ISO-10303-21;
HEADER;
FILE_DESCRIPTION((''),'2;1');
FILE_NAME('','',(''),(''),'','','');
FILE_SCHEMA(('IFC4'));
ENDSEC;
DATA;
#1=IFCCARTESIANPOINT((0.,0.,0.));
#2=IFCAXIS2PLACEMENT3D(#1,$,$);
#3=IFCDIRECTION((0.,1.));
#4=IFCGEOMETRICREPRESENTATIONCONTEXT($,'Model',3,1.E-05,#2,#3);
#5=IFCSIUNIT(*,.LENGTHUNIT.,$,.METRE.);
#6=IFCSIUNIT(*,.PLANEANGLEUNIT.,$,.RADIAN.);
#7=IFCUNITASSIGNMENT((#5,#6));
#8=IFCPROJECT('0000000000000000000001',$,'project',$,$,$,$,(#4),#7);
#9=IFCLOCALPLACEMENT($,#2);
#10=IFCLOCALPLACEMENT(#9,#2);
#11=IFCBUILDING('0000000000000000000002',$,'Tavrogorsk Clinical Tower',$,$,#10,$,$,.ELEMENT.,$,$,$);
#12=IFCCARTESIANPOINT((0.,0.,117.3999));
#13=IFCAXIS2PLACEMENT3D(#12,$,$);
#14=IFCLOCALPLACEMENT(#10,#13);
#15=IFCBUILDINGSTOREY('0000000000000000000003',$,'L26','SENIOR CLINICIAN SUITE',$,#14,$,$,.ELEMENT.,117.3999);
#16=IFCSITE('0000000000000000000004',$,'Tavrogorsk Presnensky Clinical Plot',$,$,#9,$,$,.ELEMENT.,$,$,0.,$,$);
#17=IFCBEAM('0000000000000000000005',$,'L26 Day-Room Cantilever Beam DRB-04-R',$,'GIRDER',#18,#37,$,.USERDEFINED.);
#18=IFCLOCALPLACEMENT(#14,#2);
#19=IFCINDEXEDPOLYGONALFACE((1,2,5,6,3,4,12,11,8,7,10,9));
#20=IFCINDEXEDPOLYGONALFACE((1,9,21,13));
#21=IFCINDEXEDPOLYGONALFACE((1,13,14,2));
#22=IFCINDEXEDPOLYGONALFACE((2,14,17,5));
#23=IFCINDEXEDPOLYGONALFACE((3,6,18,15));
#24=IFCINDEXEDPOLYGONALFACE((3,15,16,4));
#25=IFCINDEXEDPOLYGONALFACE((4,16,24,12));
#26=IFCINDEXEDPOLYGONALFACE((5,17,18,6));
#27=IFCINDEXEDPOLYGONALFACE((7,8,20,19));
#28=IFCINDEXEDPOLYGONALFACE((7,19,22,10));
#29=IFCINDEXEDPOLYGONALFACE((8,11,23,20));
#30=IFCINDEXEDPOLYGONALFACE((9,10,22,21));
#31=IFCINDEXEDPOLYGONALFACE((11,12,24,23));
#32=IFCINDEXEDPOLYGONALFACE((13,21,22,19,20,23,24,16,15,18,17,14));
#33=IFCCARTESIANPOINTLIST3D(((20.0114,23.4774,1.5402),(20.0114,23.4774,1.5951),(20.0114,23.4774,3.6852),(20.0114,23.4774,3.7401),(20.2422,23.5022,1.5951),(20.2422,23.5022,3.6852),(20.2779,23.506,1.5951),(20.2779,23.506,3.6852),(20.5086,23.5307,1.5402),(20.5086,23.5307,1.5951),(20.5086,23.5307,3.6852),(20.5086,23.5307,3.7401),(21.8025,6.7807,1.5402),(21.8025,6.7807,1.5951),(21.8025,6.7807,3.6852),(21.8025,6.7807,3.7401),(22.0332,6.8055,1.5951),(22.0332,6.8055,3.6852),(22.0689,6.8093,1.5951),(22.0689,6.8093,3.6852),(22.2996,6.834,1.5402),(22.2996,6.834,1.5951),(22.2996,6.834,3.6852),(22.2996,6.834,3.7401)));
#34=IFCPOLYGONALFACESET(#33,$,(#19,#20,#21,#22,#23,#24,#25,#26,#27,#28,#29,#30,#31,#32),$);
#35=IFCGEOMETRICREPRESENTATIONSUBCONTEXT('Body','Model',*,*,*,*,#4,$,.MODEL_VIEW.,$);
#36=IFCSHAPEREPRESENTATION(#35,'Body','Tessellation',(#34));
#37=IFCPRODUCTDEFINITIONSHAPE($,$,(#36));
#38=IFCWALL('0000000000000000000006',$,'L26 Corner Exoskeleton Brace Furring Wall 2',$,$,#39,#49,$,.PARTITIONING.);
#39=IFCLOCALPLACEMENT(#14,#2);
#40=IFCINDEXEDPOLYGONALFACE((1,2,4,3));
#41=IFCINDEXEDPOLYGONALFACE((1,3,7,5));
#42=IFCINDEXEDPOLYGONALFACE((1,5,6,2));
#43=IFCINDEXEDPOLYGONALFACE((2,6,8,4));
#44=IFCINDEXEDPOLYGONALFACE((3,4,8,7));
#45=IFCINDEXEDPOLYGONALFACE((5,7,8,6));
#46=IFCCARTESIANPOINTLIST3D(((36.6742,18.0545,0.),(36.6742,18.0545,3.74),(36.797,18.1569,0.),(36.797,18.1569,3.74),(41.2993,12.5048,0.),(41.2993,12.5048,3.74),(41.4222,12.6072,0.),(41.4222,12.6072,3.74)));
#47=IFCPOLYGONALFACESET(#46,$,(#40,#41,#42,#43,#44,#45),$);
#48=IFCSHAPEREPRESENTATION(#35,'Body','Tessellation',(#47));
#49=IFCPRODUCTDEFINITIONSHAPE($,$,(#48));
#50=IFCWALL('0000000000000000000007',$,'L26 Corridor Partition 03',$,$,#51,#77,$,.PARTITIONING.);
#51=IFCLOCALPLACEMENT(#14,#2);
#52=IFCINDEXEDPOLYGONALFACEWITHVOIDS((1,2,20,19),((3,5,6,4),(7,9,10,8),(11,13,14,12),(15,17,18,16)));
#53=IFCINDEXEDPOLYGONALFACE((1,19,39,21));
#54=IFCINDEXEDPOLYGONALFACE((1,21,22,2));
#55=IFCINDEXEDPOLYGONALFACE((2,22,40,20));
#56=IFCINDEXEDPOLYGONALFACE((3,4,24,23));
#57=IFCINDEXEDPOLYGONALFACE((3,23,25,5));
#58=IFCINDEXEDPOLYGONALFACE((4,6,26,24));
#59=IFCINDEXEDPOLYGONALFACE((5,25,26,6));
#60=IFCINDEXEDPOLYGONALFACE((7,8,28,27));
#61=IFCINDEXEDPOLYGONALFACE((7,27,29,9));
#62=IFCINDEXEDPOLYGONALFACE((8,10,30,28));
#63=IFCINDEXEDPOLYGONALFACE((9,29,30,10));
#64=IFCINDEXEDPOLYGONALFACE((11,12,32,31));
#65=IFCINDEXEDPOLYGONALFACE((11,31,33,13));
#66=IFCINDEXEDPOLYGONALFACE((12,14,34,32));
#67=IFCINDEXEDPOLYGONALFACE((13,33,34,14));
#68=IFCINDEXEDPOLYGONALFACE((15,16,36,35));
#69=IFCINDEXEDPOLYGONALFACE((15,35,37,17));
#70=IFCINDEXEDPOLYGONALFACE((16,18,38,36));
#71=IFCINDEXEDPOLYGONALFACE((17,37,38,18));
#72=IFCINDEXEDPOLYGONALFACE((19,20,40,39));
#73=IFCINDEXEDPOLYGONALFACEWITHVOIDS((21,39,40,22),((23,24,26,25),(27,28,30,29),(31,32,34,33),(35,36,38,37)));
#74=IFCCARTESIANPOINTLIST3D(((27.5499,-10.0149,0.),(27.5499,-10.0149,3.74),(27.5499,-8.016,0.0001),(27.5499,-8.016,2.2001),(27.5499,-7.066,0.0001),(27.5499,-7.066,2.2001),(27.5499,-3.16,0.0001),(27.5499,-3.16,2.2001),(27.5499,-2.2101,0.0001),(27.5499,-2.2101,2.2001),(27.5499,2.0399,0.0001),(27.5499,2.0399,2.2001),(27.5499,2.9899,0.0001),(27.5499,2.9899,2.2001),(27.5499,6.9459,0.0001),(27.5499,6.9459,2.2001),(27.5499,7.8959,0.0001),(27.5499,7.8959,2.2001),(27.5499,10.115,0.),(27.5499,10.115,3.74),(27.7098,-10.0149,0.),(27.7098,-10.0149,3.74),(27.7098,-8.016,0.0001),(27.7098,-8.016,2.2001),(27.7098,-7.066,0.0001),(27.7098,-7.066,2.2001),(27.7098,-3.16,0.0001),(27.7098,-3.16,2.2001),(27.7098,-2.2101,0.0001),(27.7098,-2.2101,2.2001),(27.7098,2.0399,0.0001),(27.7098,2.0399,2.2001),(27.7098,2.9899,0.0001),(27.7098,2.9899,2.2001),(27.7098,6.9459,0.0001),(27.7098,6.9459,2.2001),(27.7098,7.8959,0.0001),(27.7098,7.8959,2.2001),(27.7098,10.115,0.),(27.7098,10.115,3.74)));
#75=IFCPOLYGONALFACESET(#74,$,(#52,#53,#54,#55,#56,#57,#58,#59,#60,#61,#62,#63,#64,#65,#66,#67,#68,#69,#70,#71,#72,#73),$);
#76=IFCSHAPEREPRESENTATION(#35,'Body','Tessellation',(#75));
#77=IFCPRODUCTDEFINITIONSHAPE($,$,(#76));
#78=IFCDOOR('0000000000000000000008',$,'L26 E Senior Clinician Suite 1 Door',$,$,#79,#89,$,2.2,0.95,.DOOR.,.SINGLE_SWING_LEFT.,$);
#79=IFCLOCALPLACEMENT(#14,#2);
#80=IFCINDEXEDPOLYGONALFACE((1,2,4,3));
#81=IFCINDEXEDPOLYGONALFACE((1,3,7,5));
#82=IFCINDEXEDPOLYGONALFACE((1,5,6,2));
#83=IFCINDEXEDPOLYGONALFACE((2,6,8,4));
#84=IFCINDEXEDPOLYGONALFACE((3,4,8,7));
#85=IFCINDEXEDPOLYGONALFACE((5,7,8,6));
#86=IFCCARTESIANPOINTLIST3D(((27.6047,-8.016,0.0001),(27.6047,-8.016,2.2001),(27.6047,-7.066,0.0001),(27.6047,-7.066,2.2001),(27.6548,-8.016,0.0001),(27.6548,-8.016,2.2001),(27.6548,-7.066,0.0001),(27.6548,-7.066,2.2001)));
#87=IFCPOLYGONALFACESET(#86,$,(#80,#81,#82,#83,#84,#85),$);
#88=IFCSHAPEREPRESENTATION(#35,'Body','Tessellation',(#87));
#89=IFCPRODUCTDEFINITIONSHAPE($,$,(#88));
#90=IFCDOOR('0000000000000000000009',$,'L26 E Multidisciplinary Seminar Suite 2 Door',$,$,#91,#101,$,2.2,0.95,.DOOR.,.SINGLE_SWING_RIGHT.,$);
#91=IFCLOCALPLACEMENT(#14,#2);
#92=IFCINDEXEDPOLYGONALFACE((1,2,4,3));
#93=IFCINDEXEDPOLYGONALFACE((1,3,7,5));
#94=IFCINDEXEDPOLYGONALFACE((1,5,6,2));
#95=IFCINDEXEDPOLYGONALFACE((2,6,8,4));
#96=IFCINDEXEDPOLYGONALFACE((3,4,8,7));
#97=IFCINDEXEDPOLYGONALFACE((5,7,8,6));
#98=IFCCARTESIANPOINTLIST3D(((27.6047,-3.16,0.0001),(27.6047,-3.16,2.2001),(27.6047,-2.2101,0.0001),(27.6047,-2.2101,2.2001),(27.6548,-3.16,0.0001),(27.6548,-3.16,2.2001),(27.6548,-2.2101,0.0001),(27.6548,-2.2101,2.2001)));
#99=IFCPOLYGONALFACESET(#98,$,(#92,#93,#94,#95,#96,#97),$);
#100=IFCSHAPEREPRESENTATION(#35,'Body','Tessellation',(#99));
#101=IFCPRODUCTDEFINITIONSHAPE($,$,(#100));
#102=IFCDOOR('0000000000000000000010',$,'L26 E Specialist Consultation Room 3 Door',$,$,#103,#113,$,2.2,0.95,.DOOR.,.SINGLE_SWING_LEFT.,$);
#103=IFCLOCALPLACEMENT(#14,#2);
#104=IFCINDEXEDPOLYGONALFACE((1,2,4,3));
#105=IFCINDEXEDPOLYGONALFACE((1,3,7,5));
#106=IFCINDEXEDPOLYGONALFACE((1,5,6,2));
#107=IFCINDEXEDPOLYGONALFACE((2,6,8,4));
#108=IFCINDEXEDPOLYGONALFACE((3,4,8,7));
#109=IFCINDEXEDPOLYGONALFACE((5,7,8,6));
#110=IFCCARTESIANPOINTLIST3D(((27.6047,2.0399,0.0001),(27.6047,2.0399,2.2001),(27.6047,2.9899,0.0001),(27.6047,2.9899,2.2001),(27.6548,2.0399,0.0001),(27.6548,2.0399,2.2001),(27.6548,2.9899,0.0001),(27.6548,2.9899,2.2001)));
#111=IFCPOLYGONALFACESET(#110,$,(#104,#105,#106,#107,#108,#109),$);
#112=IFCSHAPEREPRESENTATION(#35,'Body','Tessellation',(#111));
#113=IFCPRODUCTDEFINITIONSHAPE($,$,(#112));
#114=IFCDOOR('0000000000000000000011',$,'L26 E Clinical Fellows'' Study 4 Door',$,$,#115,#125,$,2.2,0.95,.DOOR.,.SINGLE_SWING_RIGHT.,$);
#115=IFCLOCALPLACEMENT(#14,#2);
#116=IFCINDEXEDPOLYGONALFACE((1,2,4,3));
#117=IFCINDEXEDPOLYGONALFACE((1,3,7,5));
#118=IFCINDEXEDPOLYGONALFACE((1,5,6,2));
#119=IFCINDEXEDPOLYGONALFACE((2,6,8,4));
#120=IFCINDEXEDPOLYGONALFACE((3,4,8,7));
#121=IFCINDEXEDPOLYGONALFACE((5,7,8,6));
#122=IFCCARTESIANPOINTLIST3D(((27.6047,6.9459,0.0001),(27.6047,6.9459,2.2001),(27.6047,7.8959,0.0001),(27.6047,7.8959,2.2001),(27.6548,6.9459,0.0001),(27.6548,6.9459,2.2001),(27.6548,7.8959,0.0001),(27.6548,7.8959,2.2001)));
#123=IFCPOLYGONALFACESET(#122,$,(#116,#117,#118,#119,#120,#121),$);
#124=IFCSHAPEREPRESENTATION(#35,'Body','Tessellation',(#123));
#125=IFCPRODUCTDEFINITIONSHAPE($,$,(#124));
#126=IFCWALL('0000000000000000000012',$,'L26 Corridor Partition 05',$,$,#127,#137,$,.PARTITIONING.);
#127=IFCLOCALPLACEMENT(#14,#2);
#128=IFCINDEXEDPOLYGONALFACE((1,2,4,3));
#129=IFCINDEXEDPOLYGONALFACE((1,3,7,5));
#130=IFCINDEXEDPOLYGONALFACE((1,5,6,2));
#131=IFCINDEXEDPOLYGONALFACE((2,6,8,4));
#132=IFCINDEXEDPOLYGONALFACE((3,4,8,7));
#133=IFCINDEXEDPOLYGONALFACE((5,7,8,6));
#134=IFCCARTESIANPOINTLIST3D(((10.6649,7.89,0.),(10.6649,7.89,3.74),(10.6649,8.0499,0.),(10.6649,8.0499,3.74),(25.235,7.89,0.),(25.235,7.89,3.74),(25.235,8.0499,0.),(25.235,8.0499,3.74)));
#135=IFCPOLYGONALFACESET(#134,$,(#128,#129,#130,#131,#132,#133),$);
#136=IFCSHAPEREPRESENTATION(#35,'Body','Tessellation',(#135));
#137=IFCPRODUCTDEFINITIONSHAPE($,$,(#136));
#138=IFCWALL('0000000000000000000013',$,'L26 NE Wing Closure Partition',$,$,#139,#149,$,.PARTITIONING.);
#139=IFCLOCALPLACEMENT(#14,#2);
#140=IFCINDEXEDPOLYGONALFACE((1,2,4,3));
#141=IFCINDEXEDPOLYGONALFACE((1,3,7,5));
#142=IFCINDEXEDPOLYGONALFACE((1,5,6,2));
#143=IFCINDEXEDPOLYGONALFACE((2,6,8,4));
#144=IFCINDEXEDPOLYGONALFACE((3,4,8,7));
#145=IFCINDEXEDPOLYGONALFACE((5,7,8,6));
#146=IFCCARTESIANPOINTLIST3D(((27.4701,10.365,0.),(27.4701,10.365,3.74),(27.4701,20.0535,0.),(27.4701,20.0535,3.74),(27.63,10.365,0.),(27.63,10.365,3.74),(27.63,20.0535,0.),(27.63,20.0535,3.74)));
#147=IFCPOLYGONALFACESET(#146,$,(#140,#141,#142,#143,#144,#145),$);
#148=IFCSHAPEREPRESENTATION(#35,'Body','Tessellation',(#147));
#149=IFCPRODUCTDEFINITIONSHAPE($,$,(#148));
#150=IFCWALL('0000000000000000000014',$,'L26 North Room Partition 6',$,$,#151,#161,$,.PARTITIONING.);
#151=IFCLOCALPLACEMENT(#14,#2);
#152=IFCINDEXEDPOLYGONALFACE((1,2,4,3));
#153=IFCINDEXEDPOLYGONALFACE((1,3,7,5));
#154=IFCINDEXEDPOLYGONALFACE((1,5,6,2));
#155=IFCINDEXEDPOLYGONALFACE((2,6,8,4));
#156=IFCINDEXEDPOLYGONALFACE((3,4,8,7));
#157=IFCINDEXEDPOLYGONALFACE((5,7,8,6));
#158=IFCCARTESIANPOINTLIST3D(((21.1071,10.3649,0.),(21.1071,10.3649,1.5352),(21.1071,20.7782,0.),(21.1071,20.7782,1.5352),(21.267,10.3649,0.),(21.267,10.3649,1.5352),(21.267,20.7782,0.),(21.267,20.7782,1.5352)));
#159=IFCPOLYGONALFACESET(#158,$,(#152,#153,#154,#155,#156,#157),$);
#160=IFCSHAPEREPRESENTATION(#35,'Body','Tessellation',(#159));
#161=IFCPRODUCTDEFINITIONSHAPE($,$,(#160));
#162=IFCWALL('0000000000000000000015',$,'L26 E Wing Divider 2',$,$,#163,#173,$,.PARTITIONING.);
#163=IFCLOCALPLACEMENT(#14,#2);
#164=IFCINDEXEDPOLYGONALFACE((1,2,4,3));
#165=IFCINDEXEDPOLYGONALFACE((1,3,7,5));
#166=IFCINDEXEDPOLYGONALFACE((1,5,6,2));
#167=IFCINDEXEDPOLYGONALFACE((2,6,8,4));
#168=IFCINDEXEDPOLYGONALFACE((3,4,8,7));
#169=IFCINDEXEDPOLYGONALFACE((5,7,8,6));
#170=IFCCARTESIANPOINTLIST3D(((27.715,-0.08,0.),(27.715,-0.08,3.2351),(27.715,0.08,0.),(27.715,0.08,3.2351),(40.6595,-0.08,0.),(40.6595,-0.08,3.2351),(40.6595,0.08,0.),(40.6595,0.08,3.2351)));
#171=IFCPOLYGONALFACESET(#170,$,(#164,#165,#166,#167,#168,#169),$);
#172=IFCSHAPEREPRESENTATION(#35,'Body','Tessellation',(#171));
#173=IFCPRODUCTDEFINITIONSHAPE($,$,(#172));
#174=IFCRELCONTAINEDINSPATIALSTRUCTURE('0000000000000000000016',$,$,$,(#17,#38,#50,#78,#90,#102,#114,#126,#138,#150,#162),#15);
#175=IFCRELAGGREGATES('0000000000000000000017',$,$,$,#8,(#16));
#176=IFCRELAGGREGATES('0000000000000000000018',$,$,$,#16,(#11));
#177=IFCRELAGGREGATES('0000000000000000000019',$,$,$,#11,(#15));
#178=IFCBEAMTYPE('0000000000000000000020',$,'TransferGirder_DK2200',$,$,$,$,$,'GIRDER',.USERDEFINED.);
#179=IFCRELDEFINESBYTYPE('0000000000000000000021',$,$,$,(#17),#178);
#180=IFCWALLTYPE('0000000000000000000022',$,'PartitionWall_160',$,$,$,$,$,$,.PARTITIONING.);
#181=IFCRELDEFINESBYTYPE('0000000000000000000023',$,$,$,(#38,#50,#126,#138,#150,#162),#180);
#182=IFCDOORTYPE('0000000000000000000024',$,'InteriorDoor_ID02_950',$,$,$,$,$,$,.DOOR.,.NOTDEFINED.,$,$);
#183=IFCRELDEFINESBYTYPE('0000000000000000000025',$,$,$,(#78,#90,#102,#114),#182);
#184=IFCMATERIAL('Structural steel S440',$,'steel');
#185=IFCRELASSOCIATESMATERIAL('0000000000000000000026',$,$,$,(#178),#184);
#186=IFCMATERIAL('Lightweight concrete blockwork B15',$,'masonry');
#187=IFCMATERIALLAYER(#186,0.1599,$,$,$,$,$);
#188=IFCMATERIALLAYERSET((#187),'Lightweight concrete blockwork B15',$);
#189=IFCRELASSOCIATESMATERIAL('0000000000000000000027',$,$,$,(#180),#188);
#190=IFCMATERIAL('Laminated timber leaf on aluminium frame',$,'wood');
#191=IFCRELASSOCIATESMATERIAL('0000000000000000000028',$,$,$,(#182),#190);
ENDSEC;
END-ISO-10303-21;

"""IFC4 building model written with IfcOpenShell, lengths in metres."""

from ifc_helpers import new_model, si_unit, direction, frame, frame_2d, origin, origin_2d, place, context, subcontext, project, spatial, rectangle, i_section, extrude, material, layer, layer_set, material_profile, profile_set, type_object, element, fill, save


model = new_model("IFC4")

# Units and contexts
model_context = context("Model", 3, precision=1e-05, world=origin(), true_north=direction((0.0, 1.0)))
body_context = subcontext(model_context, "Body", "Model", "MODEL_VIEW")
ifc_project = project(units=[si_unit("LENGTHUNIT", "METRE"), si_unit("PLANEANGLEUNIT", "RADIAN")], contexts=[model_context])

# Site, building, storey
site_placement = place(None, origin())
site = spatial("IfcSite", under=ifc_project, at=site_placement, Name="Tavrogorsk Presnensky Clinical Plot", CompositionType="ELEMENT", RefElevation=0.0)
building_placement = place(site_placement, origin())
building = spatial("IfcBuilding", under=site, at=building_placement, Name="Tavrogorsk Clinical Tower", CompositionType="ELEMENT")
storey_placement = place(building_placement, frame((0.0, 0.0, 117.3999)))
storey = spatial("IfcBuildingStorey", under=building, at=storey_placement, Name="L26", Description="SENIOR CLINICIAN SUITE", CompositionType="ELEMENT", Elevation=117.3999)

# Beam
ifc_material_1 = material(Name="Structural steel S440", Category="steel")
ifc_material_profile_1 = material_profile(ifc_material_1, i_section(OverallWidth=0.5, OverallDepth=2.2, WebThickness=0.0359, FlangeThickness=0.0549, at=origin_2d()), Name="DK-2200x500x36x55")
ifc_profile_set_1 = profile_set([ifc_material_profile_1], Name="Structural steel S440")
beam_type_1 = type_object("IfcBeamType", Name="TransferGirder_DK2200", ElementType="GIRDER", PredefinedType="USERDEFINED", material=ifc_profile_set_1)
beam_1_placement = place(storey_placement, frame((22.051, 6.8074, 2.6401), z_axis=(-0.106655, 0.994296, 0.0), x_axis=(-0.994296, -0.106655, 0.0)))
element("IfcBeam", 1, at=beam_1_placement, inside=storey, type_object=beam_type_1, Name="L26 Day-Room Cantilever Beam DRB-04-R", ObjectType="GIRDER", PredefinedType="USERDEFINED", context=body_context, shape_type="SweptSolid", body=[
    extrude(i_section(OverallWidth=0.5, OverallDepth=2.2, WebThickness=0.0359, FlangeThickness=0.0549, at=origin_2d()), origin(), (0.0, 0.0, 1.0), 16.7925),
])

# Wall
ifc_material_2 = material(Name="Lightweight concrete blockwork B15", Category="masonry")
ifc_layer_1 = layer(ifc_material_2, 0.1599)
ifc_layer_set_1 = layer_set([ifc_layer_1], Name="Lightweight concrete blockwork B15")
wall_type = type_object("IfcWallType", Name="PartitionWall_160", PredefinedType="PARTITIONING", material=ifc_layer_set_1)
wall_1_placement = place(storey_placement, frame((41.3608, 12.5559, 0.0), z_axis=(0.0, 0.0, 1.0), x_axis=(-0.640218, 0.768194, 0.0)))
element("IfcWall", 2, at=wall_1_placement, inside=storey, type_object=wall_type, Name="L26 Corner Exoskeleton Brace Furring Wall 2", PredefinedType="PARTITIONING", context=body_context, shape_type="SweptSolid", body=[
    extrude(rectangle(XDim=7.2244, YDim=0.1599, at=frame_2d((3.6123, 0.0))), origin(), (0.0, 0.0, 1.0), 3.74),
])

# Wall, openings, doors
wall_2_placement = place(storey_placement, frame((27.6299, 10.115, 0.0), z_axis=(0.0, 0.0, 1.0), x_axis=(0.0, -1.0, 0.0)))
wall_2 = element("IfcWall", 3, at=wall_2_placement, inside=storey, type_object=wall_type, Name="L26 Corridor Partition 03", PredefinedType="PARTITIONING", context=body_context, shape_type="SweptSolid", body=[
    extrude(rectangle(XDim=20.1299, YDim=0.1599, at=frame_2d((10.0649, 0.0))), origin(), (0.0, 0.0, 1.0), 3.74),
])
opening_1_placement = place(wall_2_placement, frame((17.1809, 0.0, 0.0)))
opening_1 = element("IfcOpeningElement", 4, at=opening_1_placement, cuts=wall_2, PredefinedType="OPENING", context=body_context, shape_type="SweptSolid", body=[
    extrude(rectangle(XDim=0.95, YDim=2.2, at=frame_2d((0.4751, 1.1001))), frame((0.0, 0.0898, 0.0), z_axis=(0.0, -1.0, 0.0), x_axis=(1.0, 0.0, 0.0)), (0.0, 0.0, 1.0), 0.1799),
])
opening_2_placement = place(wall_2_placement, frame((12.325, 0.0, 0.0)))
opening_2 = element("IfcOpeningElement", 5, at=opening_2_placement, cuts=wall_2, PredefinedType="OPENING", context=body_context, shape_type="SweptSolid", body=[
    extrude(rectangle(XDim=0.95, YDim=2.2, at=frame_2d((0.4751, 1.1001))), frame((0.0, 0.0898, 0.0), z_axis=(0.0, -1.0, 0.0), x_axis=(1.0, 0.0, 0.0)), (0.0, 0.0, 1.0), 0.1799),
])
opening_3_placement = place(wall_2_placement, frame((7.125, 0.0, 0.0)))
opening_3 = element("IfcOpeningElement", 6, at=opening_3_placement, cuts=wall_2, PredefinedType="OPENING", context=body_context, shape_type="SweptSolid", body=[
    extrude(rectangle(XDim=0.95, YDim=2.2, at=frame_2d((0.4751, 1.1001))), frame((0.0, 0.0898, 0.0), z_axis=(0.0, -1.0, 0.0), x_axis=(1.0, 0.0, 0.0)), (0.0, 0.0, 1.0), 0.1799),
])
opening_4_placement = place(wall_2_placement, frame((2.219, 0.0, 0.0)))
opening_4 = element("IfcOpeningElement", 7, at=opening_4_placement, cuts=wall_2, PredefinedType="OPENING", context=body_context, shape_type="SweptSolid", body=[
    extrude(rectangle(XDim=0.95, YDim=2.2, at=frame_2d((0.4751, 1.1001))), frame((0.0, 0.0898, 0.0), z_axis=(0.0, -1.0, 0.0), x_axis=(1.0, 0.0, 0.0)), (0.0, 0.0, 1.0), 0.1799),
])
ifc_material_3 = material(Name="Laminated timber leaf on aluminium frame", Category="wood")
door_type = type_object("IfcDoorType", Name="InteriorDoor_ID02_950", OperationType="NOTDEFINED", PredefinedType="DOOR", material=ifc_material_3)
door_1_placement = place(opening_1_placement, origin())
door_1 = element("IfcDoor", 8, at=door_1_placement, inside=storey, type_object=door_type, Name="L26 E Senior Clinician Suite 1 Door", OperationType="SINGLE_SWING_LEFT", OverallHeight=2.2, OverallWidth=0.95, PredefinedType="DOOR", context=body_context, shape_type="SweptSolid", body=[
    extrude(rectangle(XDim=0.95, YDim=2.2, at=frame_2d((0.4751, 1.1001))), frame((0.0, 0.0249, 0.0), z_axis=(0.0, -1.0, 0.0), x_axis=(1.0, 0.0, 0.0)), (0.0, 0.0, 1.0), 0.05),
])
fill(opening_1, door_1)
door_2_placement = place(opening_2_placement, origin())
door_2 = element("IfcDoor", 9, at=door_2_placement, inside=storey, type_object=door_type, Name="L26 E Multidisciplinary Seminar Suite 2 Door", OperationType="SINGLE_SWING_RIGHT", OverallHeight=2.2, OverallWidth=0.95, PredefinedType="DOOR", context=body_context, shape_type="SweptSolid", body=[
    extrude(rectangle(XDim=0.95, YDim=2.2, at=frame_2d((0.4751, 1.1001))), frame((0.0, 0.0249, 0.0), z_axis=(0.0, -1.0, 0.0), x_axis=(1.0, 0.0, 0.0)), (0.0, 0.0, 1.0), 0.05),
])
fill(opening_2, door_2)
door_3_placement = place(opening_3_placement, origin())
door_3 = element("IfcDoor", 10, at=door_3_placement, inside=storey, type_object=door_type, Name="L26 E Specialist Consultation Room 3 Door", OperationType="SINGLE_SWING_LEFT", OverallHeight=2.2, OverallWidth=0.95, PredefinedType="DOOR", context=body_context, shape_type="SweptSolid", body=[
    extrude(rectangle(XDim=0.95, YDim=2.2, at=frame_2d((0.4751, 1.1001))), frame((0.0, 0.0249, 0.0), z_axis=(0.0, -1.0, 0.0), x_axis=(1.0, 0.0, 0.0)), (0.0, 0.0, 1.0), 0.05),
])
fill(opening_3, door_3)
door_4_placement = place(opening_4_placement, origin())
door_4 = element("IfcDoor", 11, at=door_4_placement, inside=storey, type_object=door_type, Name="L26 E Clinical Fellows' Study 4 Door", OperationType="SINGLE_SWING_RIGHT", OverallHeight=2.2, OverallWidth=0.95, PredefinedType="DOOR", context=body_context, shape_type="SweptSolid", body=[
    extrude(rectangle(XDim=0.95, YDim=2.2, at=frame_2d((0.4751, 1.1001))), frame((0.0, 0.0249, 0.0), z_axis=(0.0, -1.0, 0.0), x_axis=(1.0, 0.0, 0.0)), (0.0, 0.0, 1.0), 0.05),
])
fill(opening_4, door_4)

# Walls
wall_3_placement = place(storey_placement, frame((25.2351, 7.97, 0.0), z_axis=(0.0, 0.0, 1.0), x_axis=(-1.0, 0.0, 0.0)))
element("IfcWall", 12, at=wall_3_placement, inside=storey, type_object=wall_type, Name="L26 Corridor Partition 05", PredefinedType="PARTITIONING", context=body_context, shape_type="SweptSolid", body=[
    extrude(rectangle(XDim=14.5701, YDim=0.1599, at=frame_2d((7.2852, 0.0))), origin(), (0.0, 0.0, 1.0), 3.74),
])
wall_4_placement = place(storey_placement, frame((27.55, 10.365, 0.0), z_axis=(0.0, 0.0, 1.0), x_axis=(0.0, 1.0, 0.0)))
element("IfcWall", 13, at=wall_4_placement, inside=storey, type_object=wall_type, Name="L26 NE Wing Closure Partition", PredefinedType="PARTITIONING", context=body_context, shape_type="SweptSolid", body=[
    extrude(rectangle(XDim=9.6885, YDim=0.1599, at=frame_2d((4.8442, 0.0))), origin(), (0.0, 0.0, 1.0), 3.74),
])
wall_5_placement = place(storey_placement, frame((21.187, 10.365, 0.0), z_axis=(0.0, 0.0, 1.0), x_axis=(0.0, 1.0, 0.0)))
element("IfcWall", 14, at=wall_5_placement, inside=storey, type_object=wall_type, Name="L26 North Room Partition 6", PredefinedType="PARTITIONING", context=body_context, shape_type="SweptSolid", body=[
    extrude(rectangle(XDim=10.4133, YDim=0.1599, at=frame_2d((5.2065, 0.0))), origin(), (0.0, 0.0, 1.0), 1.5352),
])
wall_6_placement = place(storey_placement, frame((27.7151, 0.0, 0.0), z_axis=(0.0, 0.0, 1.0), x_axis=(1.0, 0.0, 0.0)))
element("IfcWall", 15, at=wall_6_placement, inside=storey, type_object=wall_type, Name="L26 E Wing Divider 2", PredefinedType="PARTITIONING", context=body_context, shape_type="SweptSolid", body=[
    extrude(rectangle(XDim=12.9446, YDim=0.1599, at=frame_2d((6.4722, 0.0))), origin(), (0.0, 0.0, 1.0), 3.2351),
])

save(model, "model.ifc")
